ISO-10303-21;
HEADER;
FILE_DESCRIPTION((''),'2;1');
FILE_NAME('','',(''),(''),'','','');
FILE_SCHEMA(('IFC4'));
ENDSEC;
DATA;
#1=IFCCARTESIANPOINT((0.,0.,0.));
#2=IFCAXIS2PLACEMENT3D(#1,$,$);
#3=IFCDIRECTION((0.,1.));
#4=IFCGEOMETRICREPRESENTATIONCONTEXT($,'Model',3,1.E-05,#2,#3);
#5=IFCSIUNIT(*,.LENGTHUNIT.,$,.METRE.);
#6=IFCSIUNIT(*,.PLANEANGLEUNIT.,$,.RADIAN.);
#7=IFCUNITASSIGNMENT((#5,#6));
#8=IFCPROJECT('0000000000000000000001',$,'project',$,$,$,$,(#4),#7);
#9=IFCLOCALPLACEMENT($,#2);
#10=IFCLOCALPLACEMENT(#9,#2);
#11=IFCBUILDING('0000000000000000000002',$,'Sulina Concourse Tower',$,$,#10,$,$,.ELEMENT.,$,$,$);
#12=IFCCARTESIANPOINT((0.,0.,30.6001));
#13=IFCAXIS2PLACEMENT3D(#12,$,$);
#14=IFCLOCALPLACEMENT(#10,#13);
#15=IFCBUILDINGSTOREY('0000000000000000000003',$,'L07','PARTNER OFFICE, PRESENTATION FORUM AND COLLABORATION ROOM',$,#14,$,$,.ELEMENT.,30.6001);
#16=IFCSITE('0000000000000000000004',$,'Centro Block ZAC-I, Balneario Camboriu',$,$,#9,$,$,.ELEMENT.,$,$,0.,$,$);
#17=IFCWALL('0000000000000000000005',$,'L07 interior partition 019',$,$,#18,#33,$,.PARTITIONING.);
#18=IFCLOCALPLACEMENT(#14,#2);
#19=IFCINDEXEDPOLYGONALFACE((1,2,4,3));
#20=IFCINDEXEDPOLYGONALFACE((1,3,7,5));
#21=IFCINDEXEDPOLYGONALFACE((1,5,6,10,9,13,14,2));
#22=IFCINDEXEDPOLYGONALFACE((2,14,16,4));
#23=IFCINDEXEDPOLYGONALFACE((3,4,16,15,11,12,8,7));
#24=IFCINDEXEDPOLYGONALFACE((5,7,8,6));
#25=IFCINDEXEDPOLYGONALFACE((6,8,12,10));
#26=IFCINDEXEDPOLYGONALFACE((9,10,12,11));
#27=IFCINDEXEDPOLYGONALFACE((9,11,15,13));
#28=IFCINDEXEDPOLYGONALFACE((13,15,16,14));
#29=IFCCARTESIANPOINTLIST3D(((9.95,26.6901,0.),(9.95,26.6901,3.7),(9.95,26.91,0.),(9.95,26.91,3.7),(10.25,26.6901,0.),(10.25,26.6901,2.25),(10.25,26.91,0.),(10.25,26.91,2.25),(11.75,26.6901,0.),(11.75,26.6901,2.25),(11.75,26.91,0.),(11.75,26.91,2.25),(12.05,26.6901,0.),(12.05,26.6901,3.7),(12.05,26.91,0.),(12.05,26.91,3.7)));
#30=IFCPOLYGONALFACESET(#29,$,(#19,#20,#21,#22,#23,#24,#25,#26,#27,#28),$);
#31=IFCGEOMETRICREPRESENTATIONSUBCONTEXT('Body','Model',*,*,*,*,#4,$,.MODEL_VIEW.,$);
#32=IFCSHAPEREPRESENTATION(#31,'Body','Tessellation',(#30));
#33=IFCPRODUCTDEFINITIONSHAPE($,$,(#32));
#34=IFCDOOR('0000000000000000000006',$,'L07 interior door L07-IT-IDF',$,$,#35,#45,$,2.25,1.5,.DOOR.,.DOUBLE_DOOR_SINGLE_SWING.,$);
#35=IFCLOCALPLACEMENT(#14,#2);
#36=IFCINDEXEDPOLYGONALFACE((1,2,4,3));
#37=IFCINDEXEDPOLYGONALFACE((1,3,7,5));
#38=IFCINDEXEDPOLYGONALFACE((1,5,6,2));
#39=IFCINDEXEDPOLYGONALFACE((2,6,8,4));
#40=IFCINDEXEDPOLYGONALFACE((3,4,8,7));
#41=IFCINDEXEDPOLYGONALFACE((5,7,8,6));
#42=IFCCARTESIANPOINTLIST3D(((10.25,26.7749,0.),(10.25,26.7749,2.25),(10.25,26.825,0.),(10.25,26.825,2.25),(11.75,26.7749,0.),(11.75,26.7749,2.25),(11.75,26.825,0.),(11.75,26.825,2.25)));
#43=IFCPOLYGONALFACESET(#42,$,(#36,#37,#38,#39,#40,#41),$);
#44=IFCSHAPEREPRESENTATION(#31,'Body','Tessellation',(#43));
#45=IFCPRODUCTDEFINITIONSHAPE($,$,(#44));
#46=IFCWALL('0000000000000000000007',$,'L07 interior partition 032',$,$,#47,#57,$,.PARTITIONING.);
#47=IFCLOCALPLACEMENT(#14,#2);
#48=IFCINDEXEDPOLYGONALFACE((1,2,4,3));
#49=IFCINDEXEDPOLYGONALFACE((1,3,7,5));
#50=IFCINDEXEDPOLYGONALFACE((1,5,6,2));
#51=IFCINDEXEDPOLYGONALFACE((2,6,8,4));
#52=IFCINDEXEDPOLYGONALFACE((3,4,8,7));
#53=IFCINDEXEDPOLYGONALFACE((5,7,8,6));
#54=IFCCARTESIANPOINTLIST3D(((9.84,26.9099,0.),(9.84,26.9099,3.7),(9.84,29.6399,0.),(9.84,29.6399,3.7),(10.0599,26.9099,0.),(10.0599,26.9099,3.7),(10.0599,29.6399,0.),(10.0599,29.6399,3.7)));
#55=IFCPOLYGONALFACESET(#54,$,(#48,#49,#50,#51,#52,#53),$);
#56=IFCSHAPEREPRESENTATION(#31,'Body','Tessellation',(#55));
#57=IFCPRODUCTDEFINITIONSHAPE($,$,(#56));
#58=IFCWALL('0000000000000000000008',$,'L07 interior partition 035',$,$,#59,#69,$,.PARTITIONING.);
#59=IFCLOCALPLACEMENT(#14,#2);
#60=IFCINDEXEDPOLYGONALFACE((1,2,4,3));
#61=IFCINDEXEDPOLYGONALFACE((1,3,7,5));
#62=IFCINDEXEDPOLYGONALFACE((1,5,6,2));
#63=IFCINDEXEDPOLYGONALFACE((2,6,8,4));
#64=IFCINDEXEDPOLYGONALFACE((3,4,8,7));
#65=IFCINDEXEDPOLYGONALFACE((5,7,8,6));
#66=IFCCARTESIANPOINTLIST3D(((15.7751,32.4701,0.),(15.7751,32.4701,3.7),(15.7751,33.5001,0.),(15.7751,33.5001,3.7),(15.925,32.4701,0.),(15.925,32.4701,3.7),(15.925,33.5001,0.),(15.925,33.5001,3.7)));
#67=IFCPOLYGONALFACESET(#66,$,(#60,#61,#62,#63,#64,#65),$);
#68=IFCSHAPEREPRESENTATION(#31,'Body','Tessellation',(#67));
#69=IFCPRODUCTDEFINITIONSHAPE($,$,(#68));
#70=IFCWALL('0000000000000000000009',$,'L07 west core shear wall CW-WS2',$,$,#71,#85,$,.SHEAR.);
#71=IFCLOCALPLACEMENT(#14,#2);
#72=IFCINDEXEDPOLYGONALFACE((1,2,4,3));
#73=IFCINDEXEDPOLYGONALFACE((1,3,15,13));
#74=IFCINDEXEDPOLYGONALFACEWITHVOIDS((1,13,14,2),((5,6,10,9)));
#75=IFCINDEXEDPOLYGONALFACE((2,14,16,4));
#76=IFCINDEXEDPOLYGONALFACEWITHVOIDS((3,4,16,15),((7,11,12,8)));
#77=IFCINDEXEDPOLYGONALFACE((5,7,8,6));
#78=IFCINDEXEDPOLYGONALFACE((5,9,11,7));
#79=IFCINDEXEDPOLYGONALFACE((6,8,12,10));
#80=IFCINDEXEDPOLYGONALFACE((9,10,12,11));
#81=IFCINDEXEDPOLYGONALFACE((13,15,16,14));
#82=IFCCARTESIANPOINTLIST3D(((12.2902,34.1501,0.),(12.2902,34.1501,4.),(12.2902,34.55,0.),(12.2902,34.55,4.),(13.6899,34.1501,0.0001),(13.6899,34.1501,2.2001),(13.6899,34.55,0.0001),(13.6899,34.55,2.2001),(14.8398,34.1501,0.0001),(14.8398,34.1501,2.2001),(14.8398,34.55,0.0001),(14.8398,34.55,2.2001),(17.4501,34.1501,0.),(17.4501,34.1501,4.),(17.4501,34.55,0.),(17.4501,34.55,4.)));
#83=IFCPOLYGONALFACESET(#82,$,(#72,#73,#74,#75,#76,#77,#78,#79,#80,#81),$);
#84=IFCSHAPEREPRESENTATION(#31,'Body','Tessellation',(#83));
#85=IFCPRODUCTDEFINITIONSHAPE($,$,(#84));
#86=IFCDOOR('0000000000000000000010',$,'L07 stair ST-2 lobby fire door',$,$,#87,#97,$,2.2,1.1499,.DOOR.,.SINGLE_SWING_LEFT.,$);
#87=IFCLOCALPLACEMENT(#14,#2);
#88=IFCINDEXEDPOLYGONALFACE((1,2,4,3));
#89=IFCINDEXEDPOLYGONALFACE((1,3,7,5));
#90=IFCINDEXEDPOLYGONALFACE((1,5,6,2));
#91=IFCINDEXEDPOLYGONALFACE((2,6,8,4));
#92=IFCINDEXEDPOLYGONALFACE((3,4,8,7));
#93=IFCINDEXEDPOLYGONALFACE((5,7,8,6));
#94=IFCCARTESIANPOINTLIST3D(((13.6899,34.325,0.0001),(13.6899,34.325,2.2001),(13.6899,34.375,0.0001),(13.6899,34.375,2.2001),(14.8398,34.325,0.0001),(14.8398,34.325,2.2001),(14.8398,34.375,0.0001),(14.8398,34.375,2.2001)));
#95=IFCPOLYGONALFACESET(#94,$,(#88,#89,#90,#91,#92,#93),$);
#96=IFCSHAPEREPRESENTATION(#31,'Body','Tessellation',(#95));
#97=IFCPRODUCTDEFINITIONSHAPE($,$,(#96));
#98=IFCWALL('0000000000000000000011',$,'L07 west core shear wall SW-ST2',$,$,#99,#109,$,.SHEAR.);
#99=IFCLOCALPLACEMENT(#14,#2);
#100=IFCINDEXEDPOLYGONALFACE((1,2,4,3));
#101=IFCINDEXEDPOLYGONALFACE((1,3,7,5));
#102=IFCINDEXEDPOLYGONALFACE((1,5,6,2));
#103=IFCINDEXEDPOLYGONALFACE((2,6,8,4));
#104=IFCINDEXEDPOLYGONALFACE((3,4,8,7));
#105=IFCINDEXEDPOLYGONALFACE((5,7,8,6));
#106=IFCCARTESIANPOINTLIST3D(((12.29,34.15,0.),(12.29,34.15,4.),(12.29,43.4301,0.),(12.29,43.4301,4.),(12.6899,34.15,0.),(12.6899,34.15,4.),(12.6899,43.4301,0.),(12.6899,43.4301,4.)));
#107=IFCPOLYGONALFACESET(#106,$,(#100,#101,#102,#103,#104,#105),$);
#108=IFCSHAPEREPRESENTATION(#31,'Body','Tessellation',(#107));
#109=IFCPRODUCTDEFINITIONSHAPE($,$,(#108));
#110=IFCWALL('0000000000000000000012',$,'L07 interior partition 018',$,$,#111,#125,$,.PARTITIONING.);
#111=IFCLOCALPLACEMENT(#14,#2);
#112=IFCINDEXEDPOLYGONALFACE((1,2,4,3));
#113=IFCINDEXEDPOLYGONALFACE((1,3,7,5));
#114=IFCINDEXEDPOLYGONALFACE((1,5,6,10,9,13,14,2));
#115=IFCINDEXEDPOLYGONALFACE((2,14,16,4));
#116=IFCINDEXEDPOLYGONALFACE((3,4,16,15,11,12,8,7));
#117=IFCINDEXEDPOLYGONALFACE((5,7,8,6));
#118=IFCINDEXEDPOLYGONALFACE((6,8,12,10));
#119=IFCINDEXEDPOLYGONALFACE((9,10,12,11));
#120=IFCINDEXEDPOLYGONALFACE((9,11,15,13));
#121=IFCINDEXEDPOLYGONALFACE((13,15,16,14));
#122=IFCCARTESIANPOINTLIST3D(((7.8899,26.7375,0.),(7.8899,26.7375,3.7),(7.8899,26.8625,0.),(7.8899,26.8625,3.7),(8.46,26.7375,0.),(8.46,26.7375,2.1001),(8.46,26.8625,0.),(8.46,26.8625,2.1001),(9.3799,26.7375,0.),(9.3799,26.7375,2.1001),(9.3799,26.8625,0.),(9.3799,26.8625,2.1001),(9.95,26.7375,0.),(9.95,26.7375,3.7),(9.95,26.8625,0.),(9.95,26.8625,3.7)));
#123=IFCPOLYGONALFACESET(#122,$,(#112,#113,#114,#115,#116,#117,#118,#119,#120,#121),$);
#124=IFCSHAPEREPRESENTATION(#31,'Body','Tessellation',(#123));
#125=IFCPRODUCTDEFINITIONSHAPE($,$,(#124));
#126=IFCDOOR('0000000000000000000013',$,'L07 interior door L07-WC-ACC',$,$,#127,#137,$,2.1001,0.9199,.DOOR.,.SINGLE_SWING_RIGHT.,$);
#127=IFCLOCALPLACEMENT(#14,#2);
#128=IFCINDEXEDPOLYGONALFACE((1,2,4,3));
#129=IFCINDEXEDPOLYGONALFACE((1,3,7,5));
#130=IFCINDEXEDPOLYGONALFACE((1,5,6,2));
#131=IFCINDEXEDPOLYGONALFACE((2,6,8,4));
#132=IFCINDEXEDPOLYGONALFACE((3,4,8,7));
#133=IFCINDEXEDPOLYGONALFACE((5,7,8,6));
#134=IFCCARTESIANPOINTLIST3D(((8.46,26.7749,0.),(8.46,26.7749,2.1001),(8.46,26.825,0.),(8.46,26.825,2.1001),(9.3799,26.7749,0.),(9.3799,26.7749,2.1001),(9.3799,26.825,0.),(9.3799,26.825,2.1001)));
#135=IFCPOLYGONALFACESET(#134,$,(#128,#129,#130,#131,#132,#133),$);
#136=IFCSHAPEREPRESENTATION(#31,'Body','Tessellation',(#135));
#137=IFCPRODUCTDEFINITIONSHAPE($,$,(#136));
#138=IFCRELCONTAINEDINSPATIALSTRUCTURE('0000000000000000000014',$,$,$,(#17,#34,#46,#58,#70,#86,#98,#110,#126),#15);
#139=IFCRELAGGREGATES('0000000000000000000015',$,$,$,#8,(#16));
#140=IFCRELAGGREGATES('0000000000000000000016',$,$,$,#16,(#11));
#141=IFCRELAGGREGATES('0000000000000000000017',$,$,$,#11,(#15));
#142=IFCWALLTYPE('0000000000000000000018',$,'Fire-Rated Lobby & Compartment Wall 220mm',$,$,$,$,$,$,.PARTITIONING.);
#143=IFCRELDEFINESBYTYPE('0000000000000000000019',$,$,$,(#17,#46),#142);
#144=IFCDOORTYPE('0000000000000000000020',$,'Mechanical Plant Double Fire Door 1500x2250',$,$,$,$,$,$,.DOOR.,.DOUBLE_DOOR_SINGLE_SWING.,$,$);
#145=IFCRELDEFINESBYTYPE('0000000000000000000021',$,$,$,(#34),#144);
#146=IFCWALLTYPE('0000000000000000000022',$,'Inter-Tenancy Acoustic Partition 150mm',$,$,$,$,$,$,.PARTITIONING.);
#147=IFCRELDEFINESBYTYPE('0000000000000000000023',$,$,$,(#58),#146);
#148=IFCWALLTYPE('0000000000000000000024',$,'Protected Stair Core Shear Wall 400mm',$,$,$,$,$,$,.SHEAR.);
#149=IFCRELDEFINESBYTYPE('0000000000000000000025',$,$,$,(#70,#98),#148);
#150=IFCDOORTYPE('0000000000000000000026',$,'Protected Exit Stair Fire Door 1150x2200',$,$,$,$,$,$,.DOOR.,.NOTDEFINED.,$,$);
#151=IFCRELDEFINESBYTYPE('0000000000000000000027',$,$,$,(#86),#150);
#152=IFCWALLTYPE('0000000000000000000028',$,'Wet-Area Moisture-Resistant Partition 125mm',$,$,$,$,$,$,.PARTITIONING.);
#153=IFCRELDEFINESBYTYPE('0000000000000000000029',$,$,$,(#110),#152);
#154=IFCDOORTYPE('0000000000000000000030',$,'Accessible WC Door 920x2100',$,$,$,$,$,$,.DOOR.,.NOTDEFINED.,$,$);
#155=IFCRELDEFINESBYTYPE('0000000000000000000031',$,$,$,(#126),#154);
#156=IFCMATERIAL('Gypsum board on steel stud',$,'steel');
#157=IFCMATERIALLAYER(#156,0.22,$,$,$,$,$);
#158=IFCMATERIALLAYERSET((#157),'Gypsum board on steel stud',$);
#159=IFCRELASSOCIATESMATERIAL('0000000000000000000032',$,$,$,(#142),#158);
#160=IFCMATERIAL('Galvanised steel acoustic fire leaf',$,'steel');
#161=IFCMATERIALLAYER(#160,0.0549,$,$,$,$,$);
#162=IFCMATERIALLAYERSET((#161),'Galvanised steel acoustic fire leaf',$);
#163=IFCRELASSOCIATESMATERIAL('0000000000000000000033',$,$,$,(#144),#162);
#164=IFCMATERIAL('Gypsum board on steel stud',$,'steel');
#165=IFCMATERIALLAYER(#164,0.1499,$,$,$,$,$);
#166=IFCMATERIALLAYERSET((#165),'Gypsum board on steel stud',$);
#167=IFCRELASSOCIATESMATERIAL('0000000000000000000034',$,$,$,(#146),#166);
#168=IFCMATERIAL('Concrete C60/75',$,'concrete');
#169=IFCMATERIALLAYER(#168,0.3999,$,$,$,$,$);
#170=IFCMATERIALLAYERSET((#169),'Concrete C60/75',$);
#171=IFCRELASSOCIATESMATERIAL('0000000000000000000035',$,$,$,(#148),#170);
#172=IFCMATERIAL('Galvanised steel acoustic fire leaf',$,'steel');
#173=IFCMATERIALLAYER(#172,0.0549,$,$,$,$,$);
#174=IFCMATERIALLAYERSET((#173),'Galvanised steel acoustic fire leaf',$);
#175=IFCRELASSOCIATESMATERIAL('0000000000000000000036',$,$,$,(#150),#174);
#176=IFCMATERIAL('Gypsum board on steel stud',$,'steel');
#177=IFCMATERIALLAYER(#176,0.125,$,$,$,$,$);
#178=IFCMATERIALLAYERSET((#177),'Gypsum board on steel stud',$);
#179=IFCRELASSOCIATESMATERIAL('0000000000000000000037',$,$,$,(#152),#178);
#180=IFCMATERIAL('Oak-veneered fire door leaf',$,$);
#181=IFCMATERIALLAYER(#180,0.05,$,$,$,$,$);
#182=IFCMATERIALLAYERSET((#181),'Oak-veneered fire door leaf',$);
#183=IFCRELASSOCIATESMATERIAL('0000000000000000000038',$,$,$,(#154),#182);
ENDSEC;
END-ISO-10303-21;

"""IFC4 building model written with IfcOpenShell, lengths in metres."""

from ifc_helpers import new_model, si_unit, direction, frame, frame_2d, origin, place, context, subcontext, project, spatial, rectangle, extrude, material, layer, layer_set, type_object, element, fill, save


model = new_model("IFC4")

# Units and contexts
model_context = context("Model", 3, precision=1e-05, world=origin(), true_north=direction((0.0, 1.0)))
body_context = subcontext(model_context, "Body", "Model", "MODEL_VIEW")
ifc_project = project(units=[si_unit("LENGTHUNIT", "METRE"), si_unit("PLANEANGLEUNIT", "RADIAN")], contexts=[model_context])

# Site, building, storey
site_placement = place(None, origin())
site = spatial("IfcSite", under=ifc_project, at=site_placement, Name="Centro Block ZAC-I, Balneario Camboriu", CompositionType="ELEMENT", RefElevation=0.0)
building_placement = place(site_placement, origin())
building = spatial("IfcBuilding", under=site, at=building_placement, Name="Sulina Concourse Tower", CompositionType="ELEMENT")
storey_placement = place(building_placement, frame((0.0, 0.0, 30.6001)))
storey = spatial("IfcBuildingStorey", under=building, at=storey_placement, Name="L07", Description="PARTNER OFFICE, PRESENTATION FORUM AND COLLABORATION ROOM", CompositionType="ELEMENT", Elevation=30.6001)

# Wall, opening, door
ifc_material_1 = material(Name="Gypsum board on steel stud", Category="steel")
ifc_layer_1 = layer(ifc_material_1, 0.22)
ifc_layer_set_1 = layer_set([ifc_layer_1], Name="Gypsum board on steel stud")
wall_type_1 = type_object("IfcWallType", Name="Fire-Rated Lobby & Compartment Wall 220mm", PredefinedType="PARTITIONING", material=ifc_layer_set_1)
wall_1_placement = place(storey_placement, frame((9.95, 26.8, 0.0), z_axis=(0.0, 0.0, 1.0), x_axis=(1.0, 0.0, 0.0)))
wall_1 = element("IfcWall", 1, at=wall_1_placement, inside=storey, type_object=wall_type_1, Name="L07 interior partition 019", PredefinedType="PARTITIONING", context=body_context, shape_type="SweptSolid", body=[
    extrude(rectangle(XDim=2.1001, YDim=0.22, at=frame_2d((1.05, 0.0))), origin(), (0.0, 0.0, 1.0), 3.7),
])
opening_1_placement = place(wall_1_placement, frame((0.3, 0.0, 0.0)))
opening_1 = element("IfcOpeningElement", 2, at=opening_1_placement, cuts=wall_1, PredefinedType="OPENING", context=body_context, shape_type="SweptSolid", body=[
    extrude(rectangle(XDim=1.5, YDim=2.25, at=frame_2d((0.75, 1.125))), frame((0.0, 0.1199, 0.0), z_axis=(0.0, -1.0, 0.0), x_axis=(1.0, 0.0, 0.0)), (0.0, 0.0, 1.0), 0.24),
])
ifc_material_2 = material(Name="Galvanised steel acoustic fire leaf", Category="steel")
ifc_layer_2 = layer(ifc_material_2, 0.0549)
ifc_layer_set_2 = layer_set([ifc_layer_2], Name="Galvanised steel acoustic fire leaf")
door_type_1 = type_object("IfcDoorType", Name="Mechanical Plant Double Fire Door 1500x2250", OperationType="DOUBLE_DOOR_SINGLE_SWING", PredefinedType="DOOR", material=ifc_layer_set_2)
door_1_placement = place(opening_1_placement, origin())
door_1 = element("IfcDoor", 3, at=door_1_placement, inside=storey, type_object=door_type_1, Name="L07 interior door L07-IT-IDF", OperationType="DOUBLE_DOOR_SINGLE_SWING", OverallHeight=2.25, OverallWidth=1.5, PredefinedType="DOOR", context=body_context, shape_type="SweptSolid", body=[
    extrude(rectangle(XDim=1.5, YDim=2.25, at=frame_2d((0.75, 1.125))), frame((0.0, 0.0249, 0.0), z_axis=(0.0, -1.0, 0.0), x_axis=(1.0, 0.0, 0.0)), (0.0, 0.0, 1.0), 0.05),
])
fill(opening_1, door_1)

# Walls
wall_2_placement = place(storey_placement, frame((9.95, 26.9099, 0.0), z_axis=(0.0, 0.0, 1.0), x_axis=(0.0, 1.0, 0.0)))
element("IfcWall", 4, at=wall_2_placement, inside=storey, type_object=wall_type_1, Name="L07 interior partition 032", PredefinedType="PARTITIONING", context=body_context, shape_type="SweptSolid", body=[
    extrude(rectangle(XDim=2.73, YDim=0.22, at=frame_2d((1.365, 0.0))), origin(), (0.0, 0.0, 1.0), 3.7),
])
ifc_material_3 = material(Name="Gypsum board on steel stud", Category="steel")
ifc_layer_3 = layer(ifc_material_3, 0.1499)
ifc_layer_set_3 = layer_set([ifc_layer_3], Name="Gypsum board on steel stud")
wall_type_2 = type_object("IfcWallType", Name="Inter-Tenancy Acoustic Partition 150mm", PredefinedType="PARTITIONING", material=ifc_layer_set_3)
wall_3_placement = place(storey_placement, frame((15.8501, 32.47, 0.0), z_axis=(0.0, 0.0, 1.0), x_axis=(0.0, 1.0, 0.0)))
element("IfcWall", 5, at=wall_3_placement, inside=storey, type_object=wall_type_2, Name="L07 interior partition 035", PredefinedType="PARTITIONING", context=body_context, shape_type="SweptSolid", body=[
    extrude(rectangle(XDim=1.03, YDim=0.1499, at=frame_2d((0.5151, 0.0))), origin(), (0.0, 0.0, 1.0), 3.7),
])

# Wall, opening, door
ifc_material_4 = material(Name="Concrete C60/75", Category="concrete")
ifc_layer_4 = layer(ifc_material_4, 0.3999)
ifc_layer_set_4 = layer_set([ifc_layer_4], Name="Concrete C60/75")
wall_type_3 = type_object("IfcWallType", Name="Protected Stair Core Shear Wall 400mm", PredefinedType="SHEAR", material=ifc_layer_set_4)
wall_4_placement = place(storey_placement, frame((12.29, 34.3501, 0.0), z_axis=(0.0, 0.0, 1.0), x_axis=(1.0, 0.0, 0.0)))
wall_4 = element("IfcWall", 6, at=wall_4_placement, inside=storey, type_object=wall_type_3, Name="L07 west core shear wall CW-WS2", PredefinedType="SHEAR", context=body_context, shape_type="SweptSolid", body=[
    extrude(rectangle(XDim=5.1599, YDim=0.3999, at=frame_2d((2.5801, 0.0))), origin(), (0.0, 0.0, 1.0), 4.0),
])
opening_2_placement = place(wall_4_placement, frame((1.3999, 0.0, 0.0)))
opening_2 = element("IfcOpeningElement", 7, at=opening_2_placement, cuts=wall_4, PredefinedType="OPENING", context=body_context, shape_type="SweptSolid", body=[
    extrude(rectangle(XDim=1.1499, YDim=2.2, at=frame_2d((0.575, 1.1001))), frame((0.0, 0.21, 0.0), z_axis=(0.0, -1.0, 0.0), x_axis=(1.0, 0.0, 0.0)), (0.0, 0.0, 1.0), 0.4199),
])
ifc_material_5 = material(Name="Galvanised steel acoustic fire leaf", Category="steel")
ifc_layer_5 = layer(ifc_material_5, 0.0549)
ifc_layer_set_5 = layer_set([ifc_layer_5], Name="Galvanised steel acoustic fire leaf")
door_type_2 = type_object("IfcDoorType", Name="Protected Exit Stair Fire Door 1150x2200", OperationType="NOTDEFINED", PredefinedType="DOOR", material=ifc_layer_set_5)
door_2_placement = place(opening_2_placement, origin())
door_2 = element("IfcDoor", 8, at=door_2_placement, inside=storey, type_object=door_type_2, Name="L07 stair ST-2 lobby fire door", OperationType="SINGLE_SWING_LEFT", OverallHeight=2.2, OverallWidth=1.1499, PredefinedType="DOOR", context=body_context, shape_type="SweptSolid", body=[
    extrude(rectangle(XDim=1.1499, YDim=2.2, at=frame_2d((0.575, 1.1001))), frame((0.0, 0.0249, 0.0), z_axis=(0.0, -1.0, 0.0), x_axis=(1.0, 0.0, 0.0)), (0.0, 0.0, 1.0), 0.05),
])
fill(opening_2, door_2)

# Wall
wall_5_placement = place(storey_placement, frame((12.49, 34.1499, 0.0), z_axis=(0.0, 0.0, 1.0), x_axis=(0.0, 1.0, 0.0)))
element("IfcWall", 9, at=wall_5_placement, inside=storey, type_object=wall_type_3, Name="L07 west core shear wall SW-ST2", PredefinedType="SHEAR", context=body_context, shape_type="SweptSolid", body=[
    extrude(rectangle(XDim=9.28, YDim=0.3999, at=frame_2d((4.6401, 0.0))), origin(), (0.0, 0.0, 1.0), 4.0),
])

# Wall, opening, door
ifc_material_6 = material(Name="Gypsum board on steel stud", Category="steel")
ifc_layer_6 = layer(ifc_material_6, 0.125)
ifc_layer_set_6 = layer_set([ifc_layer_6], Name="Gypsum board on steel stud")
wall_type_4 = type_object("IfcWallType", Name="Wet-Area Moisture-Resistant Partition 125mm", PredefinedType="PARTITIONING", material=ifc_layer_set_6)
wall_6_placement = place(storey_placement, frame((7.8899, 26.8, 0.0), z_axis=(0.0, 0.0, 1.0), x_axis=(1.0, 0.0, 0.0)))
wall_6 = element("IfcWall", 10, at=wall_6_placement, inside=storey, type_object=wall_type_4, Name="L07 interior partition 018", PredefinedType="PARTITIONING", context=body_context, shape_type="SweptSolid", body=[
    extrude(rectangle(XDim=2.0601, YDim=0.125, at=frame_2d((1.03, 0.0))), origin(), (0.0, 0.0, 1.0), 3.7),
])
opening_3_placement = place(wall_6_placement, frame((0.5701, 0.0, 0.0)))
opening_3 = element("IfcOpeningElement", 11, at=opening_3_placement, cuts=wall_6, PredefinedType="OPENING", context=body_context, shape_type="SweptSolid", body=[
    extrude(rectangle(XDim=0.9199, YDim=2.1001, at=frame_2d((0.46, 1.05))), frame((0.0, 0.0725, 0.0), z_axis=(0.0, -1.0, 0.0), x_axis=(1.0, 0.0, 0.0)), (0.0, 0.0, 1.0), 0.145),
])
ifc_material_7 = material(Name="Oak-veneered fire door leaf")
ifc_layer_7 = layer(ifc_material_7, 0.05)
ifc_layer_set_7 = layer_set([ifc_layer_7], Name="Oak-veneered fire door leaf")
door_type_3 = type_object("IfcDoorType", Name="Accessible WC Door 920x2100", OperationType="NOTDEFINED", PredefinedType="DOOR", material=ifc_layer_set_7)
door_3_placement = place(opening_3_placement, origin())
door_3 = element("IfcDoor", 12, at=door_3_placement, inside=storey, type_object=door_type_3, Name="L07 interior door L07-WC-ACC", OperationType="SINGLE_SWING_RIGHT", OverallHeight=2.1001, OverallWidth=0.9199, PredefinedType="DOOR", context=body_context, shape_type="SweptSolid", body=[
    extrude(rectangle(XDim=0.9199, YDim=2.1001, at=frame_2d((0.46, 1.05))), frame((0.0, 0.0249, 0.0), z_axis=(0.0, -1.0, 0.0), x_axis=(1.0, 0.0, 0.0)), (0.0, 0.0, 1.0), 0.05),
])
fill(opening_3, door_3)

save(model, "model.ifc")
